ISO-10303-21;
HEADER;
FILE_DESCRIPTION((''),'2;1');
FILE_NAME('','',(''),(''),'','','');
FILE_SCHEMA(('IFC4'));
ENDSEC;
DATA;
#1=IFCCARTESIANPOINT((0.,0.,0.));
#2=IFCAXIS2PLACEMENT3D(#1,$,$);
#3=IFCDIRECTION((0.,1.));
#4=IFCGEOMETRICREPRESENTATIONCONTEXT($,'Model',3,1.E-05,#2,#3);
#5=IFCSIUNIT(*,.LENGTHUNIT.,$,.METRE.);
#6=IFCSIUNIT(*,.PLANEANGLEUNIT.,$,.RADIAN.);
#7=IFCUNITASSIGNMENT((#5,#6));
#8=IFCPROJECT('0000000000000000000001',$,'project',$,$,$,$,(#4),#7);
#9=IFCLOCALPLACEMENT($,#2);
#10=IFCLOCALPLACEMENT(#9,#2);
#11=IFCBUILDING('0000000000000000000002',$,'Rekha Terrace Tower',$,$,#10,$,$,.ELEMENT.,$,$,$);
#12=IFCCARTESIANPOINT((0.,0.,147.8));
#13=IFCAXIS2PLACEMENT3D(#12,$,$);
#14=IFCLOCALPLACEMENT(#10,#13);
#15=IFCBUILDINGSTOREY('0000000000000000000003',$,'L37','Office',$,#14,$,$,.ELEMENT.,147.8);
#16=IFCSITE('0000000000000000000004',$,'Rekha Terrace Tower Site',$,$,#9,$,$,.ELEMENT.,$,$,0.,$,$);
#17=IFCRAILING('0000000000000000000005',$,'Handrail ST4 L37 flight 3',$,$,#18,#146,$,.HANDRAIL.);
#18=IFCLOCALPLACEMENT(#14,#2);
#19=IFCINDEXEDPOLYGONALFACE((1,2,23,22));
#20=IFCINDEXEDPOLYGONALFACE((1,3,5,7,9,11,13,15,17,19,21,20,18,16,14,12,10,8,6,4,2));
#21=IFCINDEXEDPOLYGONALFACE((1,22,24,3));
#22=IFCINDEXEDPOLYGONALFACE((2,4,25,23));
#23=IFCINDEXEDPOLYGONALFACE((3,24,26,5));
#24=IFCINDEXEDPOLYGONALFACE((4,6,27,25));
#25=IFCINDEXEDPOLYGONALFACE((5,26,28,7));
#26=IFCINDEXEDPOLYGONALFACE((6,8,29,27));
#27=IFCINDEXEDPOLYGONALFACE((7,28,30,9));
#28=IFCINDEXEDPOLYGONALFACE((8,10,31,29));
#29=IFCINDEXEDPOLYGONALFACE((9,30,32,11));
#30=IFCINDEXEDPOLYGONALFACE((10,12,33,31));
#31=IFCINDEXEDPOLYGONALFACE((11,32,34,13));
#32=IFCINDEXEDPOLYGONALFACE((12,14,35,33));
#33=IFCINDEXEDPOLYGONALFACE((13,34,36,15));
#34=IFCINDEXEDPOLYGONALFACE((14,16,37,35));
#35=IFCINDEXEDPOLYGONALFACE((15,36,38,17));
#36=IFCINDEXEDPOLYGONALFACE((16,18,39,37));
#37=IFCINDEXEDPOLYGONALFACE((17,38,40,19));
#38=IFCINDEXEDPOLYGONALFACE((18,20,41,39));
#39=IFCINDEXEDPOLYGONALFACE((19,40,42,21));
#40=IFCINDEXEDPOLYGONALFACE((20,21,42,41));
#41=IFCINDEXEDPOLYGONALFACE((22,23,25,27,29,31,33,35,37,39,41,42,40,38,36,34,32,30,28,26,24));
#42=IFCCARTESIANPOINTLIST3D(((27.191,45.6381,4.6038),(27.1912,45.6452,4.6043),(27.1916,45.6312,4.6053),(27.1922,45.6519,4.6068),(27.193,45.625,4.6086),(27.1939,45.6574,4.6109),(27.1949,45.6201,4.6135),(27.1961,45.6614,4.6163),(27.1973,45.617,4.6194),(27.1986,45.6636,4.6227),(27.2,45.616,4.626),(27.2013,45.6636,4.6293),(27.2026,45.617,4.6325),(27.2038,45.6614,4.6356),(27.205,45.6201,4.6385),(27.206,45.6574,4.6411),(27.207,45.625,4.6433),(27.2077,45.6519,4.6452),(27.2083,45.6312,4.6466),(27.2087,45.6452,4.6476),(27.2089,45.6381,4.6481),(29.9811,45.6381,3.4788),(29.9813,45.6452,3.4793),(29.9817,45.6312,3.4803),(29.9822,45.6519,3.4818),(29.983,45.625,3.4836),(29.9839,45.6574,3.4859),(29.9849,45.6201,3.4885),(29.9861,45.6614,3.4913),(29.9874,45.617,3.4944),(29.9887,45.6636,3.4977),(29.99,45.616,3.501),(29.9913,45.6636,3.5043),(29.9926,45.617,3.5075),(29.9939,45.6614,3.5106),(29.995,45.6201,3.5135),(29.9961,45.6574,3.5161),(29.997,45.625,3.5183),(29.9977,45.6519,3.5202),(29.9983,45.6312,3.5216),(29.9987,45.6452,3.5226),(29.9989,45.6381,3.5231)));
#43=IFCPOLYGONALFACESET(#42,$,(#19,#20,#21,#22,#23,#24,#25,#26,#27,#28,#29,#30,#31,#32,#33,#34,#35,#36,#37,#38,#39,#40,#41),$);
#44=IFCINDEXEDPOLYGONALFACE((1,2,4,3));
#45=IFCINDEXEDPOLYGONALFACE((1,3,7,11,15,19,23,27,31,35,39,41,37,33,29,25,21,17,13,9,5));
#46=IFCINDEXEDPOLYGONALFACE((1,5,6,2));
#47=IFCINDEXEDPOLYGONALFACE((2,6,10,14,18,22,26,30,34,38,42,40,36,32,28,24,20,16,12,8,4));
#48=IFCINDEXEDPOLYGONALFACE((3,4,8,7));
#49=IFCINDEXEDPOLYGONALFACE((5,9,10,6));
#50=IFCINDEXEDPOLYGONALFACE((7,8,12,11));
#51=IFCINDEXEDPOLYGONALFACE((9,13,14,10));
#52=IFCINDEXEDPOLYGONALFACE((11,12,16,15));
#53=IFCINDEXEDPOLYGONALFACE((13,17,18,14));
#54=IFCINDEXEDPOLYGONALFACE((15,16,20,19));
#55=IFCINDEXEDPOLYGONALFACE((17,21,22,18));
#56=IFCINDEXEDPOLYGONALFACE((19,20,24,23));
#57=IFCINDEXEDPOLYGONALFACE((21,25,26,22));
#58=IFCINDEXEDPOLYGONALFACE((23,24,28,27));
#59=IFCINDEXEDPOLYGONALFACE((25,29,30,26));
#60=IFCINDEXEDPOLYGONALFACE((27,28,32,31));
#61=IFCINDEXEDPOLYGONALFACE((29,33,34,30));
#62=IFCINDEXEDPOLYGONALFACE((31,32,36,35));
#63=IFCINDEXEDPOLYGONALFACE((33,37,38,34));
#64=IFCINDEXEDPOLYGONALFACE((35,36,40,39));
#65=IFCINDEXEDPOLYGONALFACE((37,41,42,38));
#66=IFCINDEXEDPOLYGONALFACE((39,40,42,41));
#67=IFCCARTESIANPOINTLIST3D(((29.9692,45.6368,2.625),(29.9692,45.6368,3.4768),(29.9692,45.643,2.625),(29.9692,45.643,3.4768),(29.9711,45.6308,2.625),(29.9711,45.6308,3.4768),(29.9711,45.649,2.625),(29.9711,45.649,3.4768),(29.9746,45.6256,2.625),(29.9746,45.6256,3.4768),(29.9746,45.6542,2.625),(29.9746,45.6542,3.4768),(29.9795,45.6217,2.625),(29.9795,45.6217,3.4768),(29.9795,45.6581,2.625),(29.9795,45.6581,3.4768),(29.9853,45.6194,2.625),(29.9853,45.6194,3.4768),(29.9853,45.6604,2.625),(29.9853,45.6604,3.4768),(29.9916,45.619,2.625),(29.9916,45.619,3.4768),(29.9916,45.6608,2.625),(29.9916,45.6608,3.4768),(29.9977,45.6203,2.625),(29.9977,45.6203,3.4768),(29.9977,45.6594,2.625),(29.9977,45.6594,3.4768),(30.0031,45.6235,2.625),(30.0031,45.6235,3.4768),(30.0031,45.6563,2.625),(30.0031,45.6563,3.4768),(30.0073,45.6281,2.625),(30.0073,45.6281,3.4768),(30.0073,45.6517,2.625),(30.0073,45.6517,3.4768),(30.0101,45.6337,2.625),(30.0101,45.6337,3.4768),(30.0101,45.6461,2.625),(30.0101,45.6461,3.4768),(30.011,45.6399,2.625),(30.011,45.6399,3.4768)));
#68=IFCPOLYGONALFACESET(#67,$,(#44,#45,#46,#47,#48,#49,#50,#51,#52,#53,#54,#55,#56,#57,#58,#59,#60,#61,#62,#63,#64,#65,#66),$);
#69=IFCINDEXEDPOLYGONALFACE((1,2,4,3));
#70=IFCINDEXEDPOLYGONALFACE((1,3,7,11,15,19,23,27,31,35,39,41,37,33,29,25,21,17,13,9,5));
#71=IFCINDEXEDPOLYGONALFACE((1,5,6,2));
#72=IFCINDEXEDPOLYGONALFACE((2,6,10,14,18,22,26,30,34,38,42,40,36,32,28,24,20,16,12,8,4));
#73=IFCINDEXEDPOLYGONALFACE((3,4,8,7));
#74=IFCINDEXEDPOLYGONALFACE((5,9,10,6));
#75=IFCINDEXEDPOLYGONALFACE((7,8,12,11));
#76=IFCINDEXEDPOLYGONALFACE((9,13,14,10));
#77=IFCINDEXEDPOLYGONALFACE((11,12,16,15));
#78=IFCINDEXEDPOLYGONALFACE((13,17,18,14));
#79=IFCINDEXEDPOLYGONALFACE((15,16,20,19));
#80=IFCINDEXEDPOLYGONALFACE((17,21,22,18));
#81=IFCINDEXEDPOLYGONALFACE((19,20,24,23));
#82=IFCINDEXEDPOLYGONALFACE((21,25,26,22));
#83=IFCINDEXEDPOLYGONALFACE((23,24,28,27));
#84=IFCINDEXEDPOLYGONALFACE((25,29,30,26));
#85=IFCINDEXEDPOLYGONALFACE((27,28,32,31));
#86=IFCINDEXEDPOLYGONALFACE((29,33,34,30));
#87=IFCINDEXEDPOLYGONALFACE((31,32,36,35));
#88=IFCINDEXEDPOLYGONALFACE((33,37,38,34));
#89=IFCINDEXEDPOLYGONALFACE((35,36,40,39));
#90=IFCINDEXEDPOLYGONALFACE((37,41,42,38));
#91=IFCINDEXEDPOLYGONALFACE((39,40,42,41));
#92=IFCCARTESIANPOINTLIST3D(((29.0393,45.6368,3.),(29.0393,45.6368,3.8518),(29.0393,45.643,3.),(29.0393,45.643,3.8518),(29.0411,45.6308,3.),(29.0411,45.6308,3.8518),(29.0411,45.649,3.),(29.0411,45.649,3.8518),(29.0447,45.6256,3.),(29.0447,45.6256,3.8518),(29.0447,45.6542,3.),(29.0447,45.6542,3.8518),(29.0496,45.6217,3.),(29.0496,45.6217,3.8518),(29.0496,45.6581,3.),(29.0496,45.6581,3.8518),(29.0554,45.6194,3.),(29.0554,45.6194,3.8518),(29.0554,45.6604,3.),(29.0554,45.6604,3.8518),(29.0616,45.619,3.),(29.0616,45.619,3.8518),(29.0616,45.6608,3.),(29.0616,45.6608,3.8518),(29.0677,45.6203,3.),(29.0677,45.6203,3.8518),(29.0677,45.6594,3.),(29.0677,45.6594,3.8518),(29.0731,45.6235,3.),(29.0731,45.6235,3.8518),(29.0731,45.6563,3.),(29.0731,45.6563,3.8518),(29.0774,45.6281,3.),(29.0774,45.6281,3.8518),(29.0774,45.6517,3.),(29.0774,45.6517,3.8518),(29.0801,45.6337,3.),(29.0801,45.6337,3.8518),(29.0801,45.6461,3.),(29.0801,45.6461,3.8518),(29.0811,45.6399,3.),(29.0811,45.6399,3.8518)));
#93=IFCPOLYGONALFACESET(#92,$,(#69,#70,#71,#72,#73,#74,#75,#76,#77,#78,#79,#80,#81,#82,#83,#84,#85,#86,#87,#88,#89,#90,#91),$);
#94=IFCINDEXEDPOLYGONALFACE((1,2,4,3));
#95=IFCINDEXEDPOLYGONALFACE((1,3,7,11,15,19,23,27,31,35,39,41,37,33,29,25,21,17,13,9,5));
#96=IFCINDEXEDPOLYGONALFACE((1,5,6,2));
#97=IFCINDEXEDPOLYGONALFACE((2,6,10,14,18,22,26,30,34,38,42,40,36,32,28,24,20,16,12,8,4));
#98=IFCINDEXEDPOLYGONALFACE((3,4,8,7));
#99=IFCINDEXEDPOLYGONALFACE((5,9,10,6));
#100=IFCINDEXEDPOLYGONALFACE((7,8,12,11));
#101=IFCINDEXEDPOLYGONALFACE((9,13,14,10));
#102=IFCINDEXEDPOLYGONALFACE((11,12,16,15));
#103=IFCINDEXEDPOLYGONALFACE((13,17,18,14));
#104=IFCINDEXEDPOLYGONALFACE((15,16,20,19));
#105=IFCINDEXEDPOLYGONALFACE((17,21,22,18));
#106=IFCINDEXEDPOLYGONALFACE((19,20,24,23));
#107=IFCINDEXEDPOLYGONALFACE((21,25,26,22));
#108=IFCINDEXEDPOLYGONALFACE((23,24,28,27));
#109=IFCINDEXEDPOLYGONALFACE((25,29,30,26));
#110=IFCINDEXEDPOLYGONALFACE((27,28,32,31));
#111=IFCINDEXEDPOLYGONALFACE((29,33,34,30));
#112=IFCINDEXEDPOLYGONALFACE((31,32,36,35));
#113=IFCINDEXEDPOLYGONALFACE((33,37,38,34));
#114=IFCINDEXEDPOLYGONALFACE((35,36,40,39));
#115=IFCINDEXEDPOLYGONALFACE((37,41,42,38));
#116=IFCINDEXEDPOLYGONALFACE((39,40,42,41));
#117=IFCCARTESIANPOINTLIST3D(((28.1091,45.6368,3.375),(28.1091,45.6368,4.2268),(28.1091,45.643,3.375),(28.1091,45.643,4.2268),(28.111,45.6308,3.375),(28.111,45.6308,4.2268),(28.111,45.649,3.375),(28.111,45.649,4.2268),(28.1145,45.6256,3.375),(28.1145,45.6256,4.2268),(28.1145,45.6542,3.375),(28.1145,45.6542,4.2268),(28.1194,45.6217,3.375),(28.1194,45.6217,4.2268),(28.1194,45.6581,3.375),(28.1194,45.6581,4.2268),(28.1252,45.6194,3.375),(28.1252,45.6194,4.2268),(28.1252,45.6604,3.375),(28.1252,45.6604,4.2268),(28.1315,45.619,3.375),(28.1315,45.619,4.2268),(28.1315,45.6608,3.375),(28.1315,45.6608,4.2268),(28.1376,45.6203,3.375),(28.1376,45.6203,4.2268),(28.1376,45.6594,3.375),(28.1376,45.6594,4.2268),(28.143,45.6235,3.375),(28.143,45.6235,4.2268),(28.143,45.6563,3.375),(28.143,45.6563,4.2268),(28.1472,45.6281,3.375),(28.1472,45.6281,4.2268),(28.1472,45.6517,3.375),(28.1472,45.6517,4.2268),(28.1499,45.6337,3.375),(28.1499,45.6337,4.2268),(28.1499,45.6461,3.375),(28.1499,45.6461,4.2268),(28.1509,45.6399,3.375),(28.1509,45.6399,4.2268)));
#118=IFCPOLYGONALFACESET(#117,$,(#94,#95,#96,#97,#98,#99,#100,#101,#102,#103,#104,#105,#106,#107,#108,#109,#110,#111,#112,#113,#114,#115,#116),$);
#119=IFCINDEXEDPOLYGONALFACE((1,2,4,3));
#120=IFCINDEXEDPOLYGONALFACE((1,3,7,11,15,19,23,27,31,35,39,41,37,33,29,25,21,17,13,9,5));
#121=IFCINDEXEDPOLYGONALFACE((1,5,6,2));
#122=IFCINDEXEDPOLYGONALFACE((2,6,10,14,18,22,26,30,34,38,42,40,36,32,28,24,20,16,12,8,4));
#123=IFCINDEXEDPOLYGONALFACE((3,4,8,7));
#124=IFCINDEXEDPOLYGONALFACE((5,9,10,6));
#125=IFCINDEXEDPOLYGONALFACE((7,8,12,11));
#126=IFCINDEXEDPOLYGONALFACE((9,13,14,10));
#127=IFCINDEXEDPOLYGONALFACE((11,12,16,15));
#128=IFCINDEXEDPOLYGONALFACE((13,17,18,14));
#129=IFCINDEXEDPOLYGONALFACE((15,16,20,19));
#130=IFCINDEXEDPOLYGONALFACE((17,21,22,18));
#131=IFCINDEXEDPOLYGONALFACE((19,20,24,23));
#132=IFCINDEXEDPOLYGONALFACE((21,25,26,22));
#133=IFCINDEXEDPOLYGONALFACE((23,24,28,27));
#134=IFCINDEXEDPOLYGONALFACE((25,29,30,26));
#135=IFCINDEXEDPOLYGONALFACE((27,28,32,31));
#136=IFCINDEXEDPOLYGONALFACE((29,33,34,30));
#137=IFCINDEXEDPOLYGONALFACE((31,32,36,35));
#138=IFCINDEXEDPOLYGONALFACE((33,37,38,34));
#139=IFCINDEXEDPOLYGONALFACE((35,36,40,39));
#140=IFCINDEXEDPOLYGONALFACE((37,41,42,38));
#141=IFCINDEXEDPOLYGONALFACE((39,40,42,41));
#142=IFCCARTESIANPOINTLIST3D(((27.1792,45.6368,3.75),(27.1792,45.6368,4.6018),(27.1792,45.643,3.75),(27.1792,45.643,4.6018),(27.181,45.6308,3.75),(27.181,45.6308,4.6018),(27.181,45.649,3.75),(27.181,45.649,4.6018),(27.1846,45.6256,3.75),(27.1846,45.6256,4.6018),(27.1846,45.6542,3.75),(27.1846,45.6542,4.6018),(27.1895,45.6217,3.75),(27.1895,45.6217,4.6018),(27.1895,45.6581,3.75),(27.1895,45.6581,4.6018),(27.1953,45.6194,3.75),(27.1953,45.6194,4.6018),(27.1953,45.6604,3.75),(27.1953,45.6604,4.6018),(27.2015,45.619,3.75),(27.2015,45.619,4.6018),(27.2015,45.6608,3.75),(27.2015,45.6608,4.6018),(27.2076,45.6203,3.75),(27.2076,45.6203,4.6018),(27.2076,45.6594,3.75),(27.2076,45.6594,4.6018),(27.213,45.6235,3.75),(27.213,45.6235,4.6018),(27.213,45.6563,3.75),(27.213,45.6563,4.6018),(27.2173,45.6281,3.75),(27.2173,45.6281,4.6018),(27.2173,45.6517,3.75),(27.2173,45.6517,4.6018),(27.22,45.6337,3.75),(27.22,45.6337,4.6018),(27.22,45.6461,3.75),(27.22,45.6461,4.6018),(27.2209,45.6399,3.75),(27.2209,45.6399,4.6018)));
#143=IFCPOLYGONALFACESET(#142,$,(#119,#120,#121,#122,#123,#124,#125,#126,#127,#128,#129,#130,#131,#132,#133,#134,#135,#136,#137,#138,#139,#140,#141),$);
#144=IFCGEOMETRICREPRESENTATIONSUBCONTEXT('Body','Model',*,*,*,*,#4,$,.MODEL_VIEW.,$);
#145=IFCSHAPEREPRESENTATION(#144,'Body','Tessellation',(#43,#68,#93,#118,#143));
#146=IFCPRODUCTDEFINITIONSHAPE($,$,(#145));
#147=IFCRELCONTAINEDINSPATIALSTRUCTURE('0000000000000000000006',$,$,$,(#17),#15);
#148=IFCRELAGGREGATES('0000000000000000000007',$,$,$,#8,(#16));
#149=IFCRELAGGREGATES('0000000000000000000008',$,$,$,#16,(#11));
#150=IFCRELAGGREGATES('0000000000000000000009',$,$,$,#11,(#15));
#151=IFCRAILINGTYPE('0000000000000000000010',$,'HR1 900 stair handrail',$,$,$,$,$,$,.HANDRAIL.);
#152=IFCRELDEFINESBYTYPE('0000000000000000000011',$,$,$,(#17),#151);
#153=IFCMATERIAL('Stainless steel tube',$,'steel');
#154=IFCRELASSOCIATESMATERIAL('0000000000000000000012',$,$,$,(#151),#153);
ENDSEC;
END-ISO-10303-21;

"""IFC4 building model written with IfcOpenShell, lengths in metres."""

from ifc_helpers import new_model, si_unit, direction, frame, origin, origin_2d, place, context, subcontext, project, spatial, circle, extrude, material, type_object, element, save


model = new_model("IFC4")

# Units and contexts
model_context = context("Model", 3, precision=1e-05, world=origin(), true_north=direction((0.0, 1.0)))
body_context = subcontext(model_context, "Body", "Model", "MODEL_VIEW")
ifc_project = project(units=[si_unit("LENGTHUNIT", "METRE"), si_unit("PLANEANGLEUNIT", "RADIAN")], contexts=[model_context])

# Site, building, storey
site_placement = place(None, origin())
site = spatial("IfcSite", under=ifc_project, at=site_placement, Name="Rekha Terrace Tower Site", CompositionType="ELEMENT", RefElevation=0.0)
building_placement = place(site_placement, origin())
building = spatial("IfcBuilding", under=site, at=building_placement, Name="Rekha Terrace Tower", CompositionType="ELEMENT")
storey_placement = place(building_placement, frame((0.0, 0.0, 147.8)))
storey = spatial("IfcBuildingStorey", under=building, at=storey_placement, Name="L37", Description="Office", CompositionType="ELEMENT", Elevation=147.8)

# Railing
ifc_material_1 = material(Name="Stainless steel tube", Category="steel")
railing_type_1 = type_object("IfcRailingType", Name="HR1 900 stair handrail", PredefinedType="HANDRAIL", material=ifc_material_1)
railing_1_placement = place(storey_placement, frame((29.99, 45.6399, 2.625)))
element("IfcRailing", 1, at=railing_1_placement, inside=storey, type_object=railing_type_1, Name="Handrail ST4 L37 flight 3", PredefinedType="HANDRAIL", context=body_context, shape_type="SweptSolid", body=[
    extrude(circle(Radius=0.0239, at=origin_2d()), frame((0.0, 0.0, 0.876), z_axis=(-0.927443, 0.0, 0.373964), x_axis=(0.0, -1.0, 0.0)), (0.0, 0.0, 1.0), 3.0083),
    extrude(circle(Radius=0.021, at=origin_2d()), origin(), (0.0, 0.0, 1.0), 0.8518),
    extrude(circle(Radius=0.021, at=origin_2d()), frame((-0.9299, 0.0, 0.375)), (0.0, 0.0, 1.0), 0.8518),
    extrude(circle(Radius=0.021, at=origin_2d()), frame((-1.8601, 0.0, 0.75)), (0.0, 0.0, 1.0), 0.8518),
    extrude(circle(Radius=0.021, at=origin_2d()), frame((-2.79, 0.0, 1.125)), (0.0, 0.0, 1.0), 0.8518),
])

save(model, "model.ifc")
